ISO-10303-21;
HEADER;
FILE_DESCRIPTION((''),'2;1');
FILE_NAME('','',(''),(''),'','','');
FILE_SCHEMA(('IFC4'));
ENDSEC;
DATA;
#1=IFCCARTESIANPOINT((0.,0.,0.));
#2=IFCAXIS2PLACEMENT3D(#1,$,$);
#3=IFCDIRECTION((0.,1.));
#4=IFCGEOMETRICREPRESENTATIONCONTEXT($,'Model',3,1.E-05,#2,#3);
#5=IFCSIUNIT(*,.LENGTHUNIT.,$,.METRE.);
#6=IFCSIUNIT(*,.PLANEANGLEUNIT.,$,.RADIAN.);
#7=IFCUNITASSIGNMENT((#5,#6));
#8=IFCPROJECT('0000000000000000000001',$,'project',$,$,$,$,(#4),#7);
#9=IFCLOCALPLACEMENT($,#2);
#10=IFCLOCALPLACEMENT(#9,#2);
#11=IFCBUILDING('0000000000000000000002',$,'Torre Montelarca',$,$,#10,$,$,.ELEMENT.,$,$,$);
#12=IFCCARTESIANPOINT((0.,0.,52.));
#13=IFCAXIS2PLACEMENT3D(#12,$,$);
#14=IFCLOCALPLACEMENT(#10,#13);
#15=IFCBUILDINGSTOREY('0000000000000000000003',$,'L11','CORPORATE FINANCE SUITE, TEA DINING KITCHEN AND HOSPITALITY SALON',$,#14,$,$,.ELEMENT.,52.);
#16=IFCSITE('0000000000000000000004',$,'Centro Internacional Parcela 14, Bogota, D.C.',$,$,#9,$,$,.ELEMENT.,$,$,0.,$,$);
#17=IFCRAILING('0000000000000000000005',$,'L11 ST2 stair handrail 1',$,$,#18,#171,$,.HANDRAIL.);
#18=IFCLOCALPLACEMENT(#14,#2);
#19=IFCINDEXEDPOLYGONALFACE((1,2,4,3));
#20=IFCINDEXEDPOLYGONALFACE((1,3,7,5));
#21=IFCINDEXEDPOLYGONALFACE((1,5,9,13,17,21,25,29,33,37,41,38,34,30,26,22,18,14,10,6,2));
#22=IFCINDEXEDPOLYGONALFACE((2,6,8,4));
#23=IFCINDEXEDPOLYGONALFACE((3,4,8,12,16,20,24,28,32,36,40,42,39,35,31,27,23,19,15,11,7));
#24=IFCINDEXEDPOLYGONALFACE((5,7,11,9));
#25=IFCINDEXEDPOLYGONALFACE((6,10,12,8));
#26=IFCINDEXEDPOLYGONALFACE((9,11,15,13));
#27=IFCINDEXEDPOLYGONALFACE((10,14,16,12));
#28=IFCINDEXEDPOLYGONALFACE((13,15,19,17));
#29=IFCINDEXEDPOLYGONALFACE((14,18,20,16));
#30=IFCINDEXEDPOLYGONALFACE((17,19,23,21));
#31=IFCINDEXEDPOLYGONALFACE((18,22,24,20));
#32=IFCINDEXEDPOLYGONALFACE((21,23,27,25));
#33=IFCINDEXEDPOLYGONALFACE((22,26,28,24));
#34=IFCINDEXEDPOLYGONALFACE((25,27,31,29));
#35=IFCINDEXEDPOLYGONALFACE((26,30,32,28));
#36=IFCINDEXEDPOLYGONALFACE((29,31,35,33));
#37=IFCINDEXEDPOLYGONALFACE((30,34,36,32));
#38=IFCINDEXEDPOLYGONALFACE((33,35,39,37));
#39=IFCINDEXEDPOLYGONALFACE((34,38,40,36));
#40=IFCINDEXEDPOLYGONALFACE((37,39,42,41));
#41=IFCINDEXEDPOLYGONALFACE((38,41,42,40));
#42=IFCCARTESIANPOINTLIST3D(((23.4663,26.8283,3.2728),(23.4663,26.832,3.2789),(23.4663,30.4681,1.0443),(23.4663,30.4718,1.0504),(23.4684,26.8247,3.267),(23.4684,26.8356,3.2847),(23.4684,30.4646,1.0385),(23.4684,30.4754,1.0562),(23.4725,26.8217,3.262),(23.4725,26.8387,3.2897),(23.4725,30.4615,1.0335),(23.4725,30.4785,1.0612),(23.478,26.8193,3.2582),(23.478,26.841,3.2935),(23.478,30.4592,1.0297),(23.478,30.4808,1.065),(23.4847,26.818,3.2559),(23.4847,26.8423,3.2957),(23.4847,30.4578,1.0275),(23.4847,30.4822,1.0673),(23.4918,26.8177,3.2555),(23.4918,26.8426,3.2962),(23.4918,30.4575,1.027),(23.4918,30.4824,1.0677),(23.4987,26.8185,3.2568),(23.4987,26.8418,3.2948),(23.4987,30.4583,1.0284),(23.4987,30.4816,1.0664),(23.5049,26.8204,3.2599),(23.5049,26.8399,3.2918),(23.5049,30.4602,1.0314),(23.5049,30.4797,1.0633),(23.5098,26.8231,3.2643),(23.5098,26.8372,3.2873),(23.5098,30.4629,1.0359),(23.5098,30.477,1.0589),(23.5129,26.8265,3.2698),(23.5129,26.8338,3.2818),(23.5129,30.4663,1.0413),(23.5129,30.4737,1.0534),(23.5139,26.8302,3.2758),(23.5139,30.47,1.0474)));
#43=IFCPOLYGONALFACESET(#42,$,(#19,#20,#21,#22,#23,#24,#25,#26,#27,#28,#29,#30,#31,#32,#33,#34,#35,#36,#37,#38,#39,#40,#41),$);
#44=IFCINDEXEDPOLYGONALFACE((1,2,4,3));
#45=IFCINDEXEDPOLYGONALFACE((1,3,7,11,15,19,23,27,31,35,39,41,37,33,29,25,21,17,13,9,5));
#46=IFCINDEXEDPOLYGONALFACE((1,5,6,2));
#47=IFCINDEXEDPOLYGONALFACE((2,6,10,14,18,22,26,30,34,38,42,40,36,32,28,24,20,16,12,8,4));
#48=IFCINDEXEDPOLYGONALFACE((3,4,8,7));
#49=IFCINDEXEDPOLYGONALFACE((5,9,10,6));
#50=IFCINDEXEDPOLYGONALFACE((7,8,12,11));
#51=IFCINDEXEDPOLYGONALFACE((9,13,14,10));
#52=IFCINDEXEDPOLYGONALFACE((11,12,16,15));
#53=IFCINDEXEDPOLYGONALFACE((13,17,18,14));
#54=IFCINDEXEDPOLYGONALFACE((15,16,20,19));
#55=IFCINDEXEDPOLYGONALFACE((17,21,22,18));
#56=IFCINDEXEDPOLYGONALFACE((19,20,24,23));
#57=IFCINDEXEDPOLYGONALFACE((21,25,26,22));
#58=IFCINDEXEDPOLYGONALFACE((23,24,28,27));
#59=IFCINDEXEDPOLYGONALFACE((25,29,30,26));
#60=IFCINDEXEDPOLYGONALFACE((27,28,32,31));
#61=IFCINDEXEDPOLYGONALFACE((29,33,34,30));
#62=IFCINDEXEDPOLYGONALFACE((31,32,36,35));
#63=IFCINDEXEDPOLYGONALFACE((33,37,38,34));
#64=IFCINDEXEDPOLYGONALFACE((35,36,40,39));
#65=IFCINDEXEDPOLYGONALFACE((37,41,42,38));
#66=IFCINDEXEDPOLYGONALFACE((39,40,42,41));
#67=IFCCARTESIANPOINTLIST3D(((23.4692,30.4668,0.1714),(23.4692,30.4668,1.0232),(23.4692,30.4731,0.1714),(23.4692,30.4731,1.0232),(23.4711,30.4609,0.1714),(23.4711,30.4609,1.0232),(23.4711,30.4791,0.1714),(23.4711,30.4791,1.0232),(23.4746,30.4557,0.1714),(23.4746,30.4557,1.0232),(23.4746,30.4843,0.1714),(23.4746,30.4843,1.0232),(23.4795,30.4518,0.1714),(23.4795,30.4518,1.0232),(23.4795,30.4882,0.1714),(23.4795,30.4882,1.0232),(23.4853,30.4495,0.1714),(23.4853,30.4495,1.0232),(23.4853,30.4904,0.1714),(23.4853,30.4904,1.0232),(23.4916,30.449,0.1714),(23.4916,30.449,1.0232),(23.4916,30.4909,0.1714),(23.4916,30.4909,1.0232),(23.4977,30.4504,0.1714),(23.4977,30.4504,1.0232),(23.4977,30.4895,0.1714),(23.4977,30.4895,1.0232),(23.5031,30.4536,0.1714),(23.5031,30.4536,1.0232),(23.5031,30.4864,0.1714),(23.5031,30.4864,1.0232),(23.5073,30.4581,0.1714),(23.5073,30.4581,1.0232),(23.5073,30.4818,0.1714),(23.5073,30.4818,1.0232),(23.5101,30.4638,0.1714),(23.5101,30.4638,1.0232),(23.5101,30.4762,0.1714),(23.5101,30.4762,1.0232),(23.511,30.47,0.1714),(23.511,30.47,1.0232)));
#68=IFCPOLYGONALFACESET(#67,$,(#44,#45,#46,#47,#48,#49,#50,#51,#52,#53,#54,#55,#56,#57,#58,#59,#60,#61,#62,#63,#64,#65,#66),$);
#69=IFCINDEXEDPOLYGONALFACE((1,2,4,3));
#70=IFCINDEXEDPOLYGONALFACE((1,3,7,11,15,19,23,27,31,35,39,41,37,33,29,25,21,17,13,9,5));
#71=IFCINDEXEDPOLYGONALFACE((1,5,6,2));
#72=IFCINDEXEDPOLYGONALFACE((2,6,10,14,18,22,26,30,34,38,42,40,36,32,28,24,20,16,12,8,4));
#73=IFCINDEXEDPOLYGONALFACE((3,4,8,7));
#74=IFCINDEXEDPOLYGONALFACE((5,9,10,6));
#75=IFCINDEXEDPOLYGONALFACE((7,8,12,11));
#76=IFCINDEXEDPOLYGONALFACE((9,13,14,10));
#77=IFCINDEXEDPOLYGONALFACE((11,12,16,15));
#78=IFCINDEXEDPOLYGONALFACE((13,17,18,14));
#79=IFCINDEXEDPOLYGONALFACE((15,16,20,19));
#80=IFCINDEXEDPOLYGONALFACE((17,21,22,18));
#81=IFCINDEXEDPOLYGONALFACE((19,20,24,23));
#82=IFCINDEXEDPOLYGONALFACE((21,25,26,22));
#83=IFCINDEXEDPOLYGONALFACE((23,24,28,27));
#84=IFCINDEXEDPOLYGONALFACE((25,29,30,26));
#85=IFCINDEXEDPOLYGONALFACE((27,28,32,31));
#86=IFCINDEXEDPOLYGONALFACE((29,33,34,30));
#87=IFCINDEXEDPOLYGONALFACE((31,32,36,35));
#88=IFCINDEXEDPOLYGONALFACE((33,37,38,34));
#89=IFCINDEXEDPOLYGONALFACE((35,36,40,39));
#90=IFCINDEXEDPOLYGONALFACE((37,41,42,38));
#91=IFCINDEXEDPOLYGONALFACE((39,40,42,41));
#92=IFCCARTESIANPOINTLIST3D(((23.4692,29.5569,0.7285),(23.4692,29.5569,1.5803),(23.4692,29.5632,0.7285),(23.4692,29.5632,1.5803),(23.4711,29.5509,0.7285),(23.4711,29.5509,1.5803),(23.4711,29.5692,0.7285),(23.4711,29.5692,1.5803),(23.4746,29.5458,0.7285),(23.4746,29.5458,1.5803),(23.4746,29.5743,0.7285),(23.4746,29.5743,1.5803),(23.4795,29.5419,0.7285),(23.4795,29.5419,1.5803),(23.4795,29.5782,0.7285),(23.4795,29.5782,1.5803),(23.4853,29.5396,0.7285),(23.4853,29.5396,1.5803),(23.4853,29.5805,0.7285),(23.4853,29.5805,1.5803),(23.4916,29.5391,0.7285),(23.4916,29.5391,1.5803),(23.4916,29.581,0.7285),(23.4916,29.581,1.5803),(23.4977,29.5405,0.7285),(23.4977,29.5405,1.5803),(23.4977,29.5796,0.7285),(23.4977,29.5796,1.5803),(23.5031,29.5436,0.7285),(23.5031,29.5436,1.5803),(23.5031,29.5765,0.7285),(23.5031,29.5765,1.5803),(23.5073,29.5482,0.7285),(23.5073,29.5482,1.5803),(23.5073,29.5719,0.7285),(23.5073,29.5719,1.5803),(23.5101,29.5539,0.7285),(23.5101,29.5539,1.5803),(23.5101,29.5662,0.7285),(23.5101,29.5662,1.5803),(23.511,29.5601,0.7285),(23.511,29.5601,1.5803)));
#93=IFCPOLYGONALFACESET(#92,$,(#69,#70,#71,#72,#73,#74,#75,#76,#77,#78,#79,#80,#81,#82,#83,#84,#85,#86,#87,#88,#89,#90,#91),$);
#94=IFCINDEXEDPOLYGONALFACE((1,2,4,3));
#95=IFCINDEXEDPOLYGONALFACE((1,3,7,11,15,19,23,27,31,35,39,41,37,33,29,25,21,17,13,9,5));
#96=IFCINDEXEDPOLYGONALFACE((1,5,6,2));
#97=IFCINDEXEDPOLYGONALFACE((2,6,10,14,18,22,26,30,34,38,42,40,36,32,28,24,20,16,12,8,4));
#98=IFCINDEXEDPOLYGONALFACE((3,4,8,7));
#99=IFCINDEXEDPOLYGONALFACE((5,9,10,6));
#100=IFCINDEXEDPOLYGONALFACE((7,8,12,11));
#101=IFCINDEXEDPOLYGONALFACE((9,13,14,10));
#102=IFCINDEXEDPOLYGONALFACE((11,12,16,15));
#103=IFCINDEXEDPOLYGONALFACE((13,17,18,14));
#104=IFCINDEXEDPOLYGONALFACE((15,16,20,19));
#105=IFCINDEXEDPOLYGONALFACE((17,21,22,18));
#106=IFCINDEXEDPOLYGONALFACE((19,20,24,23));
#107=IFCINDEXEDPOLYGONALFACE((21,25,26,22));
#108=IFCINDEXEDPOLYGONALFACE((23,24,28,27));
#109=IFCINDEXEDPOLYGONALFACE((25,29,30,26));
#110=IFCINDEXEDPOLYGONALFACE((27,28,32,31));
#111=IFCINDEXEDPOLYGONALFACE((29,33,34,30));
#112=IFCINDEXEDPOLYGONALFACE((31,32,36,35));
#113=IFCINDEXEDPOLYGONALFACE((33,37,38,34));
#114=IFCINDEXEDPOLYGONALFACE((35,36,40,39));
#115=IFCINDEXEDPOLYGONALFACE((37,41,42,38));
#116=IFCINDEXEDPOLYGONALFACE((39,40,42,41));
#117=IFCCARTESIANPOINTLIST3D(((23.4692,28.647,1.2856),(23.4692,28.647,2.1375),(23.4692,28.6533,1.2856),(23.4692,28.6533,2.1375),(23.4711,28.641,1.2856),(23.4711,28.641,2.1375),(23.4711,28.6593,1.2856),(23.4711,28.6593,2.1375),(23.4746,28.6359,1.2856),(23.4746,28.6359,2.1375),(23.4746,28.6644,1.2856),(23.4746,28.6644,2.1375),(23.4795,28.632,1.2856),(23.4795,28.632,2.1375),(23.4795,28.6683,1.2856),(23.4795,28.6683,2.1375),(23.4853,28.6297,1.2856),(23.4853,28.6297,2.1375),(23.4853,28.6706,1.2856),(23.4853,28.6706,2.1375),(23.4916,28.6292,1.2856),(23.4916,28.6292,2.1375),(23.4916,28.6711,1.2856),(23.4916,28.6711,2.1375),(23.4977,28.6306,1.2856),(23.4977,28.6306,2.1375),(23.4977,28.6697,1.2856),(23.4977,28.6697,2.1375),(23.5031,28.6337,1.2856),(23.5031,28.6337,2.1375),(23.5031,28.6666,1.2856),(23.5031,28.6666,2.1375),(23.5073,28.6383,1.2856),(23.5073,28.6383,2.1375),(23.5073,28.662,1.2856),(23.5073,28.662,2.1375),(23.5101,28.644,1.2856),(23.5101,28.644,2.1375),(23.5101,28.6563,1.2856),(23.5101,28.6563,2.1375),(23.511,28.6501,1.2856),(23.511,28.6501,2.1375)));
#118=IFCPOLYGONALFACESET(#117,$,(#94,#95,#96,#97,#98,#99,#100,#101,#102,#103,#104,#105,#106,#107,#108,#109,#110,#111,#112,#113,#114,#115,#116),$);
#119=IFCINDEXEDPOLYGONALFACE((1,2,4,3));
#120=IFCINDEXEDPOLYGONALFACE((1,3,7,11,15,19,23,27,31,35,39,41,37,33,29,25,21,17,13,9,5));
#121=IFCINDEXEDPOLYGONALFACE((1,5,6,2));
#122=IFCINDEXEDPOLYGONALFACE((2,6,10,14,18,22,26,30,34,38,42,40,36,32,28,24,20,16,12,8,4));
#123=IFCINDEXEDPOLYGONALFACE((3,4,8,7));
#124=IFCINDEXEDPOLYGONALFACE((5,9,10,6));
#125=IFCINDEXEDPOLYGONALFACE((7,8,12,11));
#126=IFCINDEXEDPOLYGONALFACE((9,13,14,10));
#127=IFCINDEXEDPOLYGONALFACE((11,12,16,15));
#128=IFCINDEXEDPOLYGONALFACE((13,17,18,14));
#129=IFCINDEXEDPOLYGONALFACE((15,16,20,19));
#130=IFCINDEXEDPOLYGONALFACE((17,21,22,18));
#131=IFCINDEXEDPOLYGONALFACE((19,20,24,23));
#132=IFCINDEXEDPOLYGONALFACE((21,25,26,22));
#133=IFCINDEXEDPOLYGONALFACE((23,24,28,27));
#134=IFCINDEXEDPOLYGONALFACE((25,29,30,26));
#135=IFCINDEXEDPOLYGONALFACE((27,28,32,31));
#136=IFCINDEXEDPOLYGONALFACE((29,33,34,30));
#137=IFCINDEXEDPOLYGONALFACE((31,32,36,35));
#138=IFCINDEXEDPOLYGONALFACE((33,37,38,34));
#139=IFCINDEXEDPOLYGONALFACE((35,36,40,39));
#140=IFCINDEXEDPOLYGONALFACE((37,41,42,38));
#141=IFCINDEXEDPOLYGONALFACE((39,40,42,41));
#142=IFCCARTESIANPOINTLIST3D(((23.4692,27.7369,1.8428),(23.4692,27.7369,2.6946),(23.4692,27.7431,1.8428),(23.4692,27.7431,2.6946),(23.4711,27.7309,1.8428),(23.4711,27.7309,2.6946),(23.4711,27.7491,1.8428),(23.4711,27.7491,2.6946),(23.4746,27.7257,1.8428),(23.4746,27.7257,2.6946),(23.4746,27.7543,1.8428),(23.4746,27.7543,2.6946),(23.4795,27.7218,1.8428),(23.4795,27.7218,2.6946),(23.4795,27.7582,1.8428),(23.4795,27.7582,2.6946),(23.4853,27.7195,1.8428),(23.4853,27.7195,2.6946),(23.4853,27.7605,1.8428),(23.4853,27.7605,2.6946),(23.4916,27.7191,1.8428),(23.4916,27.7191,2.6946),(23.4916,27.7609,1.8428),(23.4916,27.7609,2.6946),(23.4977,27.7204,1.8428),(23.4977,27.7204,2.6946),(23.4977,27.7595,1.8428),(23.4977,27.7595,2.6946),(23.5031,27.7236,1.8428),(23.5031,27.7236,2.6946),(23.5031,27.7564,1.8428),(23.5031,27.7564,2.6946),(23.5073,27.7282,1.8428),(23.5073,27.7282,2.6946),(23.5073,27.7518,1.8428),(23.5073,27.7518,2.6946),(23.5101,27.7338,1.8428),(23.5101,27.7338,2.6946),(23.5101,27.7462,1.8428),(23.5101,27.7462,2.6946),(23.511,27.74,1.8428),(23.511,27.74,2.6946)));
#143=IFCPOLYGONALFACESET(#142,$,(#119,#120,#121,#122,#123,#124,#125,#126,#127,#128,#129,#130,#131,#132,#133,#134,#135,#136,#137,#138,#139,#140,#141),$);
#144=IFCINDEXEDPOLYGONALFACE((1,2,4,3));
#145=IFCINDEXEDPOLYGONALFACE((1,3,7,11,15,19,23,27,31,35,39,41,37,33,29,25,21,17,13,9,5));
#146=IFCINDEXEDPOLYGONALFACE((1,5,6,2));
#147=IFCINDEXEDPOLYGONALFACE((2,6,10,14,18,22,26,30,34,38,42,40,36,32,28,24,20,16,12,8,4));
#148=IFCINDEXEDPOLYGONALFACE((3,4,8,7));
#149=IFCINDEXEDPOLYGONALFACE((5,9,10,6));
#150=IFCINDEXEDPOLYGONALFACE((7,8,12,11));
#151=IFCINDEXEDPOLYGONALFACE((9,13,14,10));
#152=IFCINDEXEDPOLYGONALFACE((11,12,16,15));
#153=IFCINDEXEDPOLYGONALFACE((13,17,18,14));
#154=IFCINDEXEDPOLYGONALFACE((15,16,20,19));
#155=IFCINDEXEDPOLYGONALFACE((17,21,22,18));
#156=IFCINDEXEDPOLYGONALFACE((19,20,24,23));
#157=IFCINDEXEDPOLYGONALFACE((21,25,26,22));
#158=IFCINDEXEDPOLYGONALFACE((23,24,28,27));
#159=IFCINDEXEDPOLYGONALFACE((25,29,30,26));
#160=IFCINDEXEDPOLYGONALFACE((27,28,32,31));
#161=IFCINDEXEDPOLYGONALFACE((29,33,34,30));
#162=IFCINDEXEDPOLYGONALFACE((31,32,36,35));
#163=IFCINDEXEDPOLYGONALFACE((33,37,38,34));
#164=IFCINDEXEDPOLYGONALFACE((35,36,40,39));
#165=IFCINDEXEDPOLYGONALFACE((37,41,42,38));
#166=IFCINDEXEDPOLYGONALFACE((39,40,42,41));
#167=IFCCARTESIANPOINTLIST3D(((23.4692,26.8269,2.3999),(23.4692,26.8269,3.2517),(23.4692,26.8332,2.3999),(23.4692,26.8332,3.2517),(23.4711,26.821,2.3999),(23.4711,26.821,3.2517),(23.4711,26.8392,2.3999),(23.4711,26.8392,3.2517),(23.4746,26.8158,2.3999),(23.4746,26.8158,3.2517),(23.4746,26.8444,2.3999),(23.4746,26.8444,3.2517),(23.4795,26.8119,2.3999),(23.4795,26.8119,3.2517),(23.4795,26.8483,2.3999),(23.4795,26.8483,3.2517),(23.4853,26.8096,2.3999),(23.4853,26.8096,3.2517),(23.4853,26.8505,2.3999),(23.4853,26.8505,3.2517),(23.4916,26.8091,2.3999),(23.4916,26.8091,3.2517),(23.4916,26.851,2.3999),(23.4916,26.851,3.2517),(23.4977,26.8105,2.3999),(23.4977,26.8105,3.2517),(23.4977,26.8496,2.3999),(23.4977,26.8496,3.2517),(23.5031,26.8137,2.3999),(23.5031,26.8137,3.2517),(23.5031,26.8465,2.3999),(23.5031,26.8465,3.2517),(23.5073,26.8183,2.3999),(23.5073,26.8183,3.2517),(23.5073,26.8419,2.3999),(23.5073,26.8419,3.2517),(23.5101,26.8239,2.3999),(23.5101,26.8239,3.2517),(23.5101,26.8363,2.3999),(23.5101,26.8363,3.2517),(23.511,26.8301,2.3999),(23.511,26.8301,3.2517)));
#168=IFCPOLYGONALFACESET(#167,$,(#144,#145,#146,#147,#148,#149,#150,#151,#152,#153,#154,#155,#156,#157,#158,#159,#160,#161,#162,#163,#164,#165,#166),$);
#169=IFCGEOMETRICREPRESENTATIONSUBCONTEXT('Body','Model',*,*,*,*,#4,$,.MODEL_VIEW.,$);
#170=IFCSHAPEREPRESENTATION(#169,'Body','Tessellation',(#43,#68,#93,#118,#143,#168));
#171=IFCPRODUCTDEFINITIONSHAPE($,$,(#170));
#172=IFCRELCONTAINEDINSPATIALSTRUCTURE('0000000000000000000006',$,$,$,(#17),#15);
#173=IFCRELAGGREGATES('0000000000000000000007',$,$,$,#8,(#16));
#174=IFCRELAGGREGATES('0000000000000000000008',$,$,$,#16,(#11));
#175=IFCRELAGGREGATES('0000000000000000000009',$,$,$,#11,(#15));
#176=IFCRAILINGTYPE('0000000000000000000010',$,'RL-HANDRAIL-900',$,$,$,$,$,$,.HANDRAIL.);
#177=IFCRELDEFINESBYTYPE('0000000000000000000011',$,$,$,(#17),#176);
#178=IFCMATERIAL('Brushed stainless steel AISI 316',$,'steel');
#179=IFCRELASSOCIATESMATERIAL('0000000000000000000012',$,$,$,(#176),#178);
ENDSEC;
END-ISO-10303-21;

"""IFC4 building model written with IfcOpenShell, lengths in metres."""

from ifc_helpers import new_model, si_unit, direction, frame, origin, origin_2d, place, context, subcontext, project, spatial, circle, extrude, material, type_object, element, save


model = new_model("IFC4")

# Units and contexts
model_context = context("Model", 3, precision=1e-05, world=origin(), true_north=direction((0.0, 1.0)))
body_context = subcontext(model_context, "Body", "Model", "MODEL_VIEW")
ifc_project = project(units=[si_unit("LENGTHUNIT", "METRE"), si_unit("PLANEANGLEUNIT", "RADIAN")], contexts=[model_context])

# Site, building, storey
site_placement = place(None, origin())
site = spatial("IfcSite", under=ifc_project, at=site_placement, Name="Centro Internacional Parcela 14, Bogota, D.C.", CompositionType="ELEMENT", RefElevation=0.0)
building_placement = place(site_placement, origin())
building = spatial("IfcBuilding", under=site, at=building_placement, Name="Torre Montelarca", CompositionType="ELEMENT")
storey_placement = place(building_placement, frame((0.0, 0.0, 52.0)))
storey = spatial("IfcBuildingStorey", under=building, at=storey_placement, Name="L11", Description="CORPORATE FINANCE SUITE, TEA DINING KITCHEN AND HOSPITALITY SALON", CompositionType="ELEMENT", Elevation=52.0)

# Railing
ifc_material_1 = material(Name="Brushed stainless steel AISI 316", Category="steel")
railing_type_1 = type_object("IfcRailingType", Name="RL-HANDRAIL-900", PredefinedType="HANDRAIL", material=ifc_material_1)
railing_1_placement = place(storey_placement, frame((23.49, 30.47, 0.1714)))
element("IfcRailing", 1, at=railing_1_placement, inside=storey, type_object=railing_type_1, Name="L11 ST2 stair handrail 1", PredefinedType="HANDRAIL", context=body_context, shape_type="SweptSolid", body=[
    extrude(circle(Radius=0.0239, at=origin_2d()), frame((0.0, 0.0, 0.876), z_axis=(0.0, -0.85285, 0.522156), x_axis=(1.0, 0.0, 0.0)), (0.0, 0.0, 1.0), 4.2678),
    extrude(circle(Radius=0.021, at=origin_2d()), origin(), (0.0, 0.0, 1.0), 0.8518),
    extrude(circle(Radius=0.021, at=origin_2d()), frame((0.0, -0.9099, 0.5571)), (0.0, 0.0, 1.0), 0.8518),
    extrude(circle(Radius=0.021, at=origin_2d()), frame((0.0, -1.8198, 1.1143)), (0.0, 0.0, 1.0), 0.8518),
    extrude(circle(Radius=0.021, at=origin_2d()), frame((0.0, -2.73, 1.6714)), (0.0, 0.0, 1.0), 0.8518),
    extrude(circle(Radius=0.021, at=origin_2d()), frame((0.0, -3.6399, 2.2285)), (0.0, 0.0, 1.0), 0.8518),
])

save(model, "model.ifc")
